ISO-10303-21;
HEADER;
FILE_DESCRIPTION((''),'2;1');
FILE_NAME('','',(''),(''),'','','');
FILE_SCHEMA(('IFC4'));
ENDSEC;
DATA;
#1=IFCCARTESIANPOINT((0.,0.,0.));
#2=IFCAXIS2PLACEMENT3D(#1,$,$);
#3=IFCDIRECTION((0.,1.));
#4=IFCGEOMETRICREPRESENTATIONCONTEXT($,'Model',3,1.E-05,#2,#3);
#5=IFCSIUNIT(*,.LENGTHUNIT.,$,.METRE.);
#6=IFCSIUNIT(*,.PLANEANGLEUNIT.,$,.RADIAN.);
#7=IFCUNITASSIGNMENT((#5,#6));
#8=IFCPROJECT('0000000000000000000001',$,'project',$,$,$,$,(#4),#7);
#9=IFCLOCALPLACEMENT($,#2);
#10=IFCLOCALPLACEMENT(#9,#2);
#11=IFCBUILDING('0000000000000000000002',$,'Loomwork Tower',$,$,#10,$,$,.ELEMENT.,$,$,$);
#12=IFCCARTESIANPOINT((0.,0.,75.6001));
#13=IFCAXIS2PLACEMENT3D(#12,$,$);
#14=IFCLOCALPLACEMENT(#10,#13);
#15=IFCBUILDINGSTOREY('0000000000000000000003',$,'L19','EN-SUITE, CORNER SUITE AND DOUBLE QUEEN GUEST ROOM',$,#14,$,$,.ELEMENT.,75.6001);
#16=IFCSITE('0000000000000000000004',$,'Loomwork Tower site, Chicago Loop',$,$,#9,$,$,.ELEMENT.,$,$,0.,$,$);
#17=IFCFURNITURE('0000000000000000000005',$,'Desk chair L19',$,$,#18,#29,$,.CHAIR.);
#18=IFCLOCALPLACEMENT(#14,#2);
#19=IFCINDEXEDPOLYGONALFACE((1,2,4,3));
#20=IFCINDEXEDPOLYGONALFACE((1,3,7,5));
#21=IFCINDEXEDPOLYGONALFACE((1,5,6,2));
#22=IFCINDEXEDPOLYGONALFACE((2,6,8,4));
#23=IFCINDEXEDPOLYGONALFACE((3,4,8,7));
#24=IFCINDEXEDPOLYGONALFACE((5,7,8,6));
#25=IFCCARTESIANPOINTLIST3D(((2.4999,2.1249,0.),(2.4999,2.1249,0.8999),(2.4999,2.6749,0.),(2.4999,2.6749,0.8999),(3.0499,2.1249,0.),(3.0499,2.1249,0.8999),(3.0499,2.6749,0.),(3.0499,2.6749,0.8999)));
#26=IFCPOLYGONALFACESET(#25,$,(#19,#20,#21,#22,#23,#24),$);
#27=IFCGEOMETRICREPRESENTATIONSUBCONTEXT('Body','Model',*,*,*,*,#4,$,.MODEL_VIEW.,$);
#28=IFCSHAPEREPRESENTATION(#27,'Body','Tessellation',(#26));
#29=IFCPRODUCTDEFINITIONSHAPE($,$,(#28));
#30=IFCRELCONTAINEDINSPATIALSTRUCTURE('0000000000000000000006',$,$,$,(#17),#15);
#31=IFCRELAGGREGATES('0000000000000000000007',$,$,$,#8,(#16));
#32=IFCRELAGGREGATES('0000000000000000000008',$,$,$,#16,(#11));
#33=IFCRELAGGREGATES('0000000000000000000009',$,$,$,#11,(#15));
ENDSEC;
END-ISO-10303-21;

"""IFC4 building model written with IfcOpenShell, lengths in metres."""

from ifc_helpers import new_model, si_unit, direction, frame, origin, origin_2d, place, context, subcontext, project, spatial, rectangle, extrude, element, save


model = new_model("IFC4")

# Units and contexts
model_context = context("Model", 3, precision=1e-05, world=origin(), true_north=direction((0.0, 1.0)))
body_context = subcontext(model_context, "Body", "Model", "MODEL_VIEW")
ifc_project = project(units=[si_unit("LENGTHUNIT", "METRE"), si_unit("PLANEANGLEUNIT", "RADIAN")], contexts=[model_context])

# Site, building, storey
site_placement = place(None, origin())
site = spatial("IfcSite", under=ifc_project, at=site_placement, Name="Loomwork Tower site, Chicago Loop", CompositionType="ELEMENT", RefElevation=0.0)
building_placement = place(site_placement, origin())
building = spatial("IfcBuilding", under=site, at=building_placement, Name="Loomwork Tower", CompositionType="ELEMENT")
storey_placement = place(building_placement, frame((0.0, 0.0, 75.6001)))
storey = spatial("IfcBuildingStorey", under=building, at=storey_placement, Name="L19", Description="EN-SUITE, CORNER SUITE AND DOUBLE QUEEN GUEST ROOM", CompositionType="ELEMENT", Elevation=75.6001)

# Furniture
furniture_1_placement = place(storey_placement, frame((2.7749, 2.3999, 0.0), z_axis=(0.0, 0.0, 1.0), x_axis=(1.0, 0.0, 0.0)))
element("IfcFurniture", 1, at=furniture_1_placement, inside=storey, Name="Desk chair L19", PredefinedType="CHAIR", context=body_context, shape_type="SweptSolid", body=[
    extrude(rectangle(XDim=0.55, YDim=0.55, at=origin_2d()), origin(), (0.0, 0.0, 1.0), 0.8999),
])

save(model, "model.ifc")
